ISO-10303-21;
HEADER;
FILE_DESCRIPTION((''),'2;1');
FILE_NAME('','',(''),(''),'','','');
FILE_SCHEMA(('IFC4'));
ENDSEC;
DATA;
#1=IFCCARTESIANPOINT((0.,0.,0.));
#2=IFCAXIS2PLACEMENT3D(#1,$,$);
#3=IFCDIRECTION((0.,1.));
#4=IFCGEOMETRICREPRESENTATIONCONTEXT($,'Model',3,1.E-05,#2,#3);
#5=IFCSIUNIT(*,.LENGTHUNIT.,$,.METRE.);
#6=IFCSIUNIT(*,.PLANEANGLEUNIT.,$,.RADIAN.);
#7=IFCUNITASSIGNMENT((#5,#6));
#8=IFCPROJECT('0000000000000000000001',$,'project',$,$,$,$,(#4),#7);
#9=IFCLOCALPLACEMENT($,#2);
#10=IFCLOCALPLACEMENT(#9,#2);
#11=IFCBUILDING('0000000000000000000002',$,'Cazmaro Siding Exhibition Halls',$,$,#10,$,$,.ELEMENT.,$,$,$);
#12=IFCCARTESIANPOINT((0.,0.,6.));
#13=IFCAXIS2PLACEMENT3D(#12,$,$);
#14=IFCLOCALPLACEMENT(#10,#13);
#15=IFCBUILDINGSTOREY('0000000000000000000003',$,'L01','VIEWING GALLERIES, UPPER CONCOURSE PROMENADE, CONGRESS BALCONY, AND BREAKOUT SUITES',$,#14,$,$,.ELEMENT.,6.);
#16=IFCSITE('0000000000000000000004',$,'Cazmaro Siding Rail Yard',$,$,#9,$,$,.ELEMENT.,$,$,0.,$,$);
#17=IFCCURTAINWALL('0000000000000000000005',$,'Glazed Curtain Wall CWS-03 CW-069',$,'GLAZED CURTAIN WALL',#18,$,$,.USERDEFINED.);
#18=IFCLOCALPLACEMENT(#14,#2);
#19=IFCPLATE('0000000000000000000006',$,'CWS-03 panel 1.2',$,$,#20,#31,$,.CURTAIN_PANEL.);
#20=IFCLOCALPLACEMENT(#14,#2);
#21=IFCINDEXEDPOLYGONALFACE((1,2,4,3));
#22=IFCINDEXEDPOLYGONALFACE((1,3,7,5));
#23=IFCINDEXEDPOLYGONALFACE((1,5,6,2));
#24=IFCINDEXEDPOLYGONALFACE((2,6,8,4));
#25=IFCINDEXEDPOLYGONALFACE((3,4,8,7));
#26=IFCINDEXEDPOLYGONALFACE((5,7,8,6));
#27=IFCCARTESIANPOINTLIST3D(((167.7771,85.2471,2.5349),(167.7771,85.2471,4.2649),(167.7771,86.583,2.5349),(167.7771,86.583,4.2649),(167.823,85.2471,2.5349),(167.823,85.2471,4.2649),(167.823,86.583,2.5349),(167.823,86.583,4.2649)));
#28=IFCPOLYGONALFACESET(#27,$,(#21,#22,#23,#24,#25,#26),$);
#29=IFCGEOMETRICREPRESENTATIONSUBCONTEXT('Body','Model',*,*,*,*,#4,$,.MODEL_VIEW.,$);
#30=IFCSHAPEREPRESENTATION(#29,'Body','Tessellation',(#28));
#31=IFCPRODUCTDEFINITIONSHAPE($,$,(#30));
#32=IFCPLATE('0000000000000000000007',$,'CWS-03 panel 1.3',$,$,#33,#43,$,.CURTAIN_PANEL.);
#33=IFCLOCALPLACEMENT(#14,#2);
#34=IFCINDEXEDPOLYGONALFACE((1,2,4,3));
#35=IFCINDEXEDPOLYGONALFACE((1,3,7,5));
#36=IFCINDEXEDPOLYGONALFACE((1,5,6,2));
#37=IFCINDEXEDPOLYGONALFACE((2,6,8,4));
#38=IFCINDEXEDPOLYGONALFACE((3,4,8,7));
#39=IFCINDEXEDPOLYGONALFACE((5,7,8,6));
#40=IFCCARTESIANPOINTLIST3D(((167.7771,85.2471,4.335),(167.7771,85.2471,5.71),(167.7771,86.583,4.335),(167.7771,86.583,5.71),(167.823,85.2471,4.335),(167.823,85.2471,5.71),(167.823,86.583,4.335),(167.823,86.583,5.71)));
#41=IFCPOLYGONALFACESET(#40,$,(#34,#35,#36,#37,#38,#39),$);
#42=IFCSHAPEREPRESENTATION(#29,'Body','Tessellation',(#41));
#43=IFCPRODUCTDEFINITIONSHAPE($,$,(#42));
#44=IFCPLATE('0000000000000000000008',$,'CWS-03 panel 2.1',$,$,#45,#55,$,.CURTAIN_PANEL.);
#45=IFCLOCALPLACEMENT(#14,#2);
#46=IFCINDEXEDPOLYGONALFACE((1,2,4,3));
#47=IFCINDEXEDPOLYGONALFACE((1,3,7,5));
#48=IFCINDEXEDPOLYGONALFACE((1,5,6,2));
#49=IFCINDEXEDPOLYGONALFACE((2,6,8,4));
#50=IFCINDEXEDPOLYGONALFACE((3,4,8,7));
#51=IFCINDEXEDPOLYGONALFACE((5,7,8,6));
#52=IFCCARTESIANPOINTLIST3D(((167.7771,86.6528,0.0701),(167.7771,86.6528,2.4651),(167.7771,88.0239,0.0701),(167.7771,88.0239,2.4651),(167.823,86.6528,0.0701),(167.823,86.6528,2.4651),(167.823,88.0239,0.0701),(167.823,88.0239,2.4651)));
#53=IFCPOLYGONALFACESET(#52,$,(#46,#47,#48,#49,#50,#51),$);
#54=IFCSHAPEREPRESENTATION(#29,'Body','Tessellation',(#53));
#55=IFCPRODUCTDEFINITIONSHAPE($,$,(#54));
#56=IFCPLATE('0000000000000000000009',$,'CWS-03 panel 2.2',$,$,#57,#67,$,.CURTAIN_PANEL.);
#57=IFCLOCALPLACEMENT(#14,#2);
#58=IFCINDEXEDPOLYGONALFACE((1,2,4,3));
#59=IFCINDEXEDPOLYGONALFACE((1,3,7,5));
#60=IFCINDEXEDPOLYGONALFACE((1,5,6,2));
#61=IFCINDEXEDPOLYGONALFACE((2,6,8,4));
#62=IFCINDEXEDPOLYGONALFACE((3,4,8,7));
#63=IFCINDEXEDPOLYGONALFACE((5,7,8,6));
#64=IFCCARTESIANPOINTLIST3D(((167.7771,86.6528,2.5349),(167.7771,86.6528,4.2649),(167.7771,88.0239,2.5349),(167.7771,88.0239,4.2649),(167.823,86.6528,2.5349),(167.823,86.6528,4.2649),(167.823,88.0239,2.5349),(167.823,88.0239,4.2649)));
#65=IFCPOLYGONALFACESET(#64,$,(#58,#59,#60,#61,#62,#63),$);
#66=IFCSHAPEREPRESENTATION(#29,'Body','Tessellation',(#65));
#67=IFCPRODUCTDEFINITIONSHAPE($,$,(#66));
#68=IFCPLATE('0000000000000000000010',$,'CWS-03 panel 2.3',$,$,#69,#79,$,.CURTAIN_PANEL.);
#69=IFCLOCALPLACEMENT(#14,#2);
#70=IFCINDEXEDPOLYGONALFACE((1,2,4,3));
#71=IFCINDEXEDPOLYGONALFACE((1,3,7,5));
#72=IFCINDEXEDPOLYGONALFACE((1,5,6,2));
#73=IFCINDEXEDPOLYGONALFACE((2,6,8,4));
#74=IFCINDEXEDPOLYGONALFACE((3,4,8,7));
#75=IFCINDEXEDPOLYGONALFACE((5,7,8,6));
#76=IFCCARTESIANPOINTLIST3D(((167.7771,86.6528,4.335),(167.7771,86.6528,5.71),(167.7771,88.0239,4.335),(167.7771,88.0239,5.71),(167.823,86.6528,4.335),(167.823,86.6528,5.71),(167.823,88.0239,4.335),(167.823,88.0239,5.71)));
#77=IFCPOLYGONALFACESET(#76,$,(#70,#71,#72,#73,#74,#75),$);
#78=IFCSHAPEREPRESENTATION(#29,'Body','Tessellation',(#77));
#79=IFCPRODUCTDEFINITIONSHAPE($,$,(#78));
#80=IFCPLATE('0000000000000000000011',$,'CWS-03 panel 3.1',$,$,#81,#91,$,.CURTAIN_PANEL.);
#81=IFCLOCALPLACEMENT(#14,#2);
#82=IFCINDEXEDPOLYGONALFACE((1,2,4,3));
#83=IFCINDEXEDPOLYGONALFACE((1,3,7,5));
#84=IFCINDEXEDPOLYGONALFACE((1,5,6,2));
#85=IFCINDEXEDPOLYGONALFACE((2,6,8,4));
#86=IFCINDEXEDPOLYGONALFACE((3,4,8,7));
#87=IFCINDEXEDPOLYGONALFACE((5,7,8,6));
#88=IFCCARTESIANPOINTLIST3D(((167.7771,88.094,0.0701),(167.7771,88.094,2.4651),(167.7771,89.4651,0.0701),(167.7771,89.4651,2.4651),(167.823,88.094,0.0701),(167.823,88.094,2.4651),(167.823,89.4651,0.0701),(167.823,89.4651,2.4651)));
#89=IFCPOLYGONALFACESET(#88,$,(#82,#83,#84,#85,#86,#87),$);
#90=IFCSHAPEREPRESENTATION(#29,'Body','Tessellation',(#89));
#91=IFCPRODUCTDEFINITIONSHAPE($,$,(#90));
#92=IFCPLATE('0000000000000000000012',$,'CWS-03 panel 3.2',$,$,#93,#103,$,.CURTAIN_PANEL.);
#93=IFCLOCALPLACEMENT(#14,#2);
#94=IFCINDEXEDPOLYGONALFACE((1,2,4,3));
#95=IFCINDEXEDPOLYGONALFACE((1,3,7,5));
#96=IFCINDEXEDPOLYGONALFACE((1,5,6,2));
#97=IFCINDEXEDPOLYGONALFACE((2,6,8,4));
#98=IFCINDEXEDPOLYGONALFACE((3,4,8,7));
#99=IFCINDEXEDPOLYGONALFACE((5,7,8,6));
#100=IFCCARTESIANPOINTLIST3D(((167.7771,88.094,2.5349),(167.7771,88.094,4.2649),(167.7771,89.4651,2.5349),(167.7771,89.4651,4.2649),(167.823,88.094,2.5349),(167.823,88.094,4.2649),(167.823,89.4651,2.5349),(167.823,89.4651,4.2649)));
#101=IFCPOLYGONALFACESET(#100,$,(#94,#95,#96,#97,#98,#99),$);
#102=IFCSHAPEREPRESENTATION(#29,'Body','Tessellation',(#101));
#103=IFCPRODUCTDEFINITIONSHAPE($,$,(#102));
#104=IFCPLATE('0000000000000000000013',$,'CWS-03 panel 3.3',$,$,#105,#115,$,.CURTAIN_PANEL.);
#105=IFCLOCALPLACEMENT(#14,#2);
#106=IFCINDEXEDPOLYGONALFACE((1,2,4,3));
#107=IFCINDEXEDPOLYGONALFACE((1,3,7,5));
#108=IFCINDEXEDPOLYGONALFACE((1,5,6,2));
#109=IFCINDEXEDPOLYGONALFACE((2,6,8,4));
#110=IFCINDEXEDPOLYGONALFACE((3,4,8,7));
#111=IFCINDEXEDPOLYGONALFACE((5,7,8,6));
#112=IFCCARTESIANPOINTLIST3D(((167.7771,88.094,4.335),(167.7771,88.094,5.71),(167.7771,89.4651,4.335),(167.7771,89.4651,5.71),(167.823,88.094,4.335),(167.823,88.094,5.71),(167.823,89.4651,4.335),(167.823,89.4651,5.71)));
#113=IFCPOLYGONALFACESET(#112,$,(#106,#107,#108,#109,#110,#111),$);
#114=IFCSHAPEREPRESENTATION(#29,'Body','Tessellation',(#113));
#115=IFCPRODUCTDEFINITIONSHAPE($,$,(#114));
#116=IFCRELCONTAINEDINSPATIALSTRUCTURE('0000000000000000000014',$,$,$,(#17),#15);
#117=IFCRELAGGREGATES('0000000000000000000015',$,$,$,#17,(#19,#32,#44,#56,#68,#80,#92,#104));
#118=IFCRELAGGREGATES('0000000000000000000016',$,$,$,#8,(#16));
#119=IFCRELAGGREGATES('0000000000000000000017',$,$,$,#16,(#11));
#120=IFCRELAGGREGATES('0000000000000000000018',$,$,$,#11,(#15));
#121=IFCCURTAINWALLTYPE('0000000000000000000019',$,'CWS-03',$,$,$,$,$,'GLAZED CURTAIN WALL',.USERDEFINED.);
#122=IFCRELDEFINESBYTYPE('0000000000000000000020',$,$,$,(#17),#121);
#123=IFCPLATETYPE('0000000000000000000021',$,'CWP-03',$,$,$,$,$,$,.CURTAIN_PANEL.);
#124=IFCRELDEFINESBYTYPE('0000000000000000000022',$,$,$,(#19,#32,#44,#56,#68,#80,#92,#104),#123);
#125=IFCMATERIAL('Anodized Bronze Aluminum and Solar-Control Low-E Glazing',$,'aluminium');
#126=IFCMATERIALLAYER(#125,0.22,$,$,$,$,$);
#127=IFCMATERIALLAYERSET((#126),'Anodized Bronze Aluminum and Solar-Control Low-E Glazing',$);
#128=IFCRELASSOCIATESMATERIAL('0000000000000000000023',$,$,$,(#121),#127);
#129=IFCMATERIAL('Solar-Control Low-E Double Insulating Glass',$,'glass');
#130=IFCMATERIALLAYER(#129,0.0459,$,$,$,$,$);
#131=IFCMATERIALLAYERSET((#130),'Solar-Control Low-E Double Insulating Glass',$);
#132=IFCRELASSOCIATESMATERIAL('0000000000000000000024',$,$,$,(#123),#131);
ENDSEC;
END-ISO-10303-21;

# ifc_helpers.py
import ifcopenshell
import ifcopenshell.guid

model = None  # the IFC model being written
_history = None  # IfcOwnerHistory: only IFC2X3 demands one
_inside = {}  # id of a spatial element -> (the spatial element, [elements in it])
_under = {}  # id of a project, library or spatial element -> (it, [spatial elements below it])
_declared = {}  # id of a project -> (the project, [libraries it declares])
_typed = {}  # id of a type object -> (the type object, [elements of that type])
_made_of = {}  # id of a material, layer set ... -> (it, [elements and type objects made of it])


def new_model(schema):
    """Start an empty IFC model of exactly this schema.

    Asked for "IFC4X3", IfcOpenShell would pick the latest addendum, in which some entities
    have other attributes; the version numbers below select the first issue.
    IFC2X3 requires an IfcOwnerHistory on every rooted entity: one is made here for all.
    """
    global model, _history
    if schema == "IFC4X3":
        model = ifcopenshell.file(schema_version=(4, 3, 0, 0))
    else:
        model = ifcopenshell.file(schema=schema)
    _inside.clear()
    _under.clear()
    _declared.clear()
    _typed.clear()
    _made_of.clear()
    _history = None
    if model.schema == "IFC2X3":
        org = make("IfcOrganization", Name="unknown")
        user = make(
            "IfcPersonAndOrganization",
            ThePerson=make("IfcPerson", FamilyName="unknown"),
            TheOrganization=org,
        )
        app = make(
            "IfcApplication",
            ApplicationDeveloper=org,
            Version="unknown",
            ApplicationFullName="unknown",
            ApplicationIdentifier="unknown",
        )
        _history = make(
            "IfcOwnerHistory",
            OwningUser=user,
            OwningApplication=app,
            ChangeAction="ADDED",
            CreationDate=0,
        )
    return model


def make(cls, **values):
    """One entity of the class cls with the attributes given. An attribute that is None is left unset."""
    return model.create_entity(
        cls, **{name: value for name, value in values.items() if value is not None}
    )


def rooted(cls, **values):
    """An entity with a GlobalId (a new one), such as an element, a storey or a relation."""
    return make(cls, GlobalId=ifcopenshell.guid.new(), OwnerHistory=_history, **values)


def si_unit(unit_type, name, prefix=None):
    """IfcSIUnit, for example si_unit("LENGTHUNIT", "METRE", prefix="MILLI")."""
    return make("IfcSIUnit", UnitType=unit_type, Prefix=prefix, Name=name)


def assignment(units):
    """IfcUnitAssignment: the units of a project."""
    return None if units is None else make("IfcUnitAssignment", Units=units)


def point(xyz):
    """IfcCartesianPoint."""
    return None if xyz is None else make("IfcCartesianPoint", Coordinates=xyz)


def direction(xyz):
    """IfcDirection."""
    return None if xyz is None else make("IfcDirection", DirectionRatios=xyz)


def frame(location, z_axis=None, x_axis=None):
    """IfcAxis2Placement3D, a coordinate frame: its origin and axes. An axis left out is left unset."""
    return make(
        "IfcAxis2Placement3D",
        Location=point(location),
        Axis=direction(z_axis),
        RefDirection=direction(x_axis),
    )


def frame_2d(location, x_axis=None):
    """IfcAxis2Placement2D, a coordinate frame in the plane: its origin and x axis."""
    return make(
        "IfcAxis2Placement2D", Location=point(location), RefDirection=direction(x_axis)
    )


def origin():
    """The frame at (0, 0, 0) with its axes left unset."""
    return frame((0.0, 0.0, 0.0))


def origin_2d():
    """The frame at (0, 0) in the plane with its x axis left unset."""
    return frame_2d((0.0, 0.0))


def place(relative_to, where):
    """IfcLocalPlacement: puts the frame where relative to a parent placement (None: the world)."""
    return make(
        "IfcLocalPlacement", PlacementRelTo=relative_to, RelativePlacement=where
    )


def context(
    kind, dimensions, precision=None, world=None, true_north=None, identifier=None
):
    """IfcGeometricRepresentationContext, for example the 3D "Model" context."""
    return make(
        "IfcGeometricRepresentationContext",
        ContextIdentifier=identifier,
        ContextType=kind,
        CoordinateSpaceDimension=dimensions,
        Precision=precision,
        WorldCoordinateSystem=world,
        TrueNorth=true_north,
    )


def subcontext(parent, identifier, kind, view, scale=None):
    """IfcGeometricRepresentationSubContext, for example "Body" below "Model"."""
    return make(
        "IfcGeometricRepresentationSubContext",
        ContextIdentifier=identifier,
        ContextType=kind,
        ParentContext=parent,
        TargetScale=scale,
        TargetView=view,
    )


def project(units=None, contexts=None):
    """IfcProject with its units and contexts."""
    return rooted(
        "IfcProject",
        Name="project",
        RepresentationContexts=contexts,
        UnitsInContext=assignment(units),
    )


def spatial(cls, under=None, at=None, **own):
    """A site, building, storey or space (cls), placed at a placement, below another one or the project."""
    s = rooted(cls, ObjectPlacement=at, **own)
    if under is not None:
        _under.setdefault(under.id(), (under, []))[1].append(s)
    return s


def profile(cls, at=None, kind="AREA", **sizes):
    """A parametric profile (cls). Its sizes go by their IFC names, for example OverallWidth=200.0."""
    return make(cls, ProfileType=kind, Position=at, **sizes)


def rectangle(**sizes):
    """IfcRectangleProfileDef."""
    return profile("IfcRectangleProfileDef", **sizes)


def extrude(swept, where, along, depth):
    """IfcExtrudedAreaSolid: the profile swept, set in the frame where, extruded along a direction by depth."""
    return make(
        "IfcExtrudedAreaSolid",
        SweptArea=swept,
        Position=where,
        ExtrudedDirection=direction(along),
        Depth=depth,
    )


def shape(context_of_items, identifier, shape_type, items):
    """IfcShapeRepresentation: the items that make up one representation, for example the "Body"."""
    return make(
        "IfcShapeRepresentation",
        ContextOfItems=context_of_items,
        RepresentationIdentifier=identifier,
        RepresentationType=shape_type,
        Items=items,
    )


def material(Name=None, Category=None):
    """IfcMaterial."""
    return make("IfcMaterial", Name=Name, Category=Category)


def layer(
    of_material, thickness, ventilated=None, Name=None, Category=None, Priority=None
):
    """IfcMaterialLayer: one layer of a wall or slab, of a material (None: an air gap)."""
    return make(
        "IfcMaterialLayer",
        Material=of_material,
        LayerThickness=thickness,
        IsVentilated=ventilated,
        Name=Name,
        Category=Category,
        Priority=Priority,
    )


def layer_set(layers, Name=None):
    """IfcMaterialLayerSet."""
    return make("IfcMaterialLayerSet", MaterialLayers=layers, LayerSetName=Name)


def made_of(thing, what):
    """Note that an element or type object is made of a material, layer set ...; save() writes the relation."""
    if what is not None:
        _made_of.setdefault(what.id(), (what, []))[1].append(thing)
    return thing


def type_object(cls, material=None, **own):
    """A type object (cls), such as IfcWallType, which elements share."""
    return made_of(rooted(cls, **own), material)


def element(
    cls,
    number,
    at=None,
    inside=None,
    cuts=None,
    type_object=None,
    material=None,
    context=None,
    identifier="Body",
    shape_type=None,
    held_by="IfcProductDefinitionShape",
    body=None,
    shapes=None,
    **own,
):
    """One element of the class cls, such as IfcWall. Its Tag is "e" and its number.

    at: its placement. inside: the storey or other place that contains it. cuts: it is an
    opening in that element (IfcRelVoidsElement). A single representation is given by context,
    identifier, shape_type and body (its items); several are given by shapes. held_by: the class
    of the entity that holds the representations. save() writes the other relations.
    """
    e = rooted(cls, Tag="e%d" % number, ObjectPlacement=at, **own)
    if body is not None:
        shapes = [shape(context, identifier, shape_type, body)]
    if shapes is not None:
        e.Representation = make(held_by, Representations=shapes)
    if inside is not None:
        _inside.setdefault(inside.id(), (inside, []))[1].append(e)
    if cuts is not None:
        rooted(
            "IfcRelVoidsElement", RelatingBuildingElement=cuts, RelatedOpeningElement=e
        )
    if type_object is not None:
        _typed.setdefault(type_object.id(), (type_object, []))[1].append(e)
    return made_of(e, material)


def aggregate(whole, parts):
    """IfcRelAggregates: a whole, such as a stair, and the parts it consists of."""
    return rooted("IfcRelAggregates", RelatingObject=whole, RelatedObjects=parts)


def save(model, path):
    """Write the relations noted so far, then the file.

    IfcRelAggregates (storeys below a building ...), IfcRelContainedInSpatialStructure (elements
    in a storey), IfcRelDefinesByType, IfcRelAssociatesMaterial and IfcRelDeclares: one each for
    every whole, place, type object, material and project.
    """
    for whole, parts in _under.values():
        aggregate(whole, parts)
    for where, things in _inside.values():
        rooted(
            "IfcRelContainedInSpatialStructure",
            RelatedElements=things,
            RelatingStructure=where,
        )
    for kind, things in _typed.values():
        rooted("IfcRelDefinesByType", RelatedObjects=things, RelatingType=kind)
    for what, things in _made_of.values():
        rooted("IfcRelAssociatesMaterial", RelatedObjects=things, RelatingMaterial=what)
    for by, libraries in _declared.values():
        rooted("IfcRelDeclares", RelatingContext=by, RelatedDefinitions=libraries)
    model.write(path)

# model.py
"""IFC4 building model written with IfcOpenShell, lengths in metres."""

from ifc_helpers import new_model, si_unit, direction, frame, origin, origin_2d, place, context, subcontext, project, spatial, rectangle, extrude, material, layer, layer_set, type_object, element, aggregate, save


model = new_model("IFC4")

# Units and contexts
model_context = context("Model", 3, precision=1e-05, world=origin(), true_north=direction((0.0, 1.0)))
body_context = subcontext(model_context, "Body", "Model", "MODEL_VIEW")
ifc_project = project(units=[si_unit("LENGTHUNIT", "METRE"), si_unit("PLANEANGLEUNIT", "RADIAN")], contexts=[model_context])

# Site, building, storey
site_placement = place(None, origin())
site = spatial("IfcSite", under=ifc_project, at=site_placement, Name="Cazmaro Siding Rail Yard", CompositionType="ELEMENT", RefElevation=0.0)
building_placement = place(site_placement, origin())
building = spatial("IfcBuilding", under=site, at=building_placement, Name="Cazmaro Siding Exhibition Halls", CompositionType="ELEMENT")
storey_placement = place(building_placement, frame((0.0, 0.0, 6.0)))
storey = spatial("IfcBuildingStorey", under=building, at=storey_placement, Name="L01", Description="VIEWING GALLERIES, UPPER CONCOURSE PROMENADE, CONGRESS BALCONY, AND BREAKOUT SUITES", CompositionType="ELEMENT", Elevation=6.0)

# Curtain wall, plates
ifc_material_1 = material(Name="Anodized Bronze Aluminum and Solar-Control Low-E Glazing", Category="aluminium")
ifc_layer_1 = layer(ifc_material_1, 0.22)
ifc_layer_set_1 = layer_set([ifc_layer_1], Name="Anodized Bronze Aluminum and Solar-Control Low-E Glazing")
curtain_wall_type = type_object("IfcCurtainWallType", Name="CWS-03", ElementType="GLAZED CURTAIN WALL", PredefinedType="USERDEFINED", material=ifc_layer_set_1)
curtain_wall_placement = place(storey_placement, origin())
curtain_wall = element("IfcCurtainWall", 1, at=curtain_wall_placement, inside=storey, type_object=curtain_wall_type, Name="Glazed Curtain Wall CWS-03 CW-069", ObjectType="GLAZED CURTAIN WALL", PredefinedType="USERDEFINED")
ifc_material_2 = material(Name="Solar-Control Low-E Double Insulating Glass", Category="glass")
ifc_layer_2 = layer(ifc_material_2, 0.0459)
ifc_layer_set_2 = layer_set([ifc_layer_2], Name="Solar-Control Low-E Double Insulating Glass")
plate_type = type_object("IfcPlateType", Name="CWP-03", PredefinedType="CURTAIN_PANEL", material=ifc_layer_set_2)
plate_1_placement = place(storey_placement, frame((167.8, 85.915, 2.5349), z_axis=(0.0, 0.0, 1.0), x_axis=(0.0, 1.0, 0.0)))
plate_1 = element("IfcPlate", 2, at=plate_1_placement, type_object=plate_type, Name="CWS-03 panel 1.2", PredefinedType="CURTAIN_PANEL", context=body_context, shape_type="SweptSolid", body=[
    extrude(rectangle(XDim=1.3359, YDim=0.0459, at=origin_2d()), origin(), (0.0, 0.0, 1.0), 1.73),
])
plate_2_placement = place(storey_placement, frame((167.8, 85.915, 4.335), z_axis=(0.0, 0.0, 1.0), x_axis=(0.0, 1.0, 0.0)))
plate_2 = element("IfcPlate", 3, at=plate_2_placement, type_object=plate_type, Name="CWS-03 panel 1.3", PredefinedType="CURTAIN_PANEL", context=body_context, shape_type="SweptSolid", body=[
    extrude(rectangle(XDim=1.3359, YDim=0.0459, at=origin_2d()), origin(), (0.0, 0.0, 1.0), 1.375),
])
plate_3_placement = place(storey_placement, frame((167.8, 87.3384, 0.0701), z_axis=(0.0, 0.0, 1.0), x_axis=(0.0, 1.0, 0.0)))
plate_3 = element("IfcPlate", 4, at=plate_3_placement, type_object=plate_type, Name="CWS-03 panel 2.1", PredefinedType="CURTAIN_PANEL", context=body_context, shape_type="SweptSolid", body=[
    extrude(rectangle(XDim=1.3711, YDim=0.0459, at=origin_2d()), origin(), (0.0, 0.0, 1.0), 2.395),
])
plate_4_placement = place(storey_placement, frame((167.8, 87.3384, 2.5349), z_axis=(0.0, 0.0, 1.0), x_axis=(0.0, 1.0, 0.0)))
plate_4 = element("IfcPlate", 5, at=plate_4_placement, type_object=plate_type, Name="CWS-03 panel 2.2", PredefinedType="CURTAIN_PANEL", context=body_context, shape_type="SweptSolid", body=[
    extrude(rectangle(XDim=1.3711, YDim=0.0459, at=origin_2d()), origin(), (0.0, 0.0, 1.0), 1.73),
])
plate_5_placement = place(storey_placement, frame((167.8, 87.3384, 4.335), z_axis=(0.0, 0.0, 1.0), x_axis=(0.0, 1.0, 0.0)))
plate_5 = element("IfcPlate", 6, at=plate_5_placement, type_object=plate_type, Name="CWS-03 panel 2.3", PredefinedType="CURTAIN_PANEL", context=body_context, shape_type="SweptSolid", body=[
    extrude(rectangle(XDim=1.3711, YDim=0.0459, at=origin_2d()), origin(), (0.0, 0.0, 1.0), 1.375),
])
plate_6_placement = place(storey_placement, frame((167.8, 88.7795, 0.0701), z_axis=(0.0, 0.0, 1.0), x_axis=(0.0, 1.0, 0.0)))
plate_6 = element("IfcPlate", 7, at=plate_6_placement, type_object=plate_type, Name="CWS-03 panel 3.1", PredefinedType="CURTAIN_PANEL", context=body_context, shape_type="SweptSolid", body=[
    extrude(rectangle(XDim=1.3711, YDim=0.0459, at=origin_2d()), origin(), (0.0, 0.0, 1.0), 2.395),
])
plate_7_placement = place(storey_placement, frame((167.8, 88.7795, 2.5349), z_axis=(0.0, 0.0, 1.0), x_axis=(0.0, 1.0, 0.0)))
plate_7 = element("IfcPlate", 8, at=plate_7_placement, type_object=plate_type, Name="CWS-03 panel 3.2", PredefinedType="CURTAIN_PANEL", context=body_context, shape_type="SweptSolid", body=[
    extrude(rectangle(XDim=1.3711, YDim=0.0459, at=origin_2d()), origin(), (0.0, 0.0, 1.0), 1.73),
])
plate_8_placement = place(storey_placement, frame((167.8, 88.7795, 4.335), z_axis=(0.0, 0.0, 1.0), x_axis=(0.0, 1.0, 0.0)))
plate_8 = element("IfcPlate", 9, at=plate_8_placement, type_object=plate_type, Name="CWS-03 panel 3.3", PredefinedType="CURTAIN_PANEL", context=body_context, shape_type="SweptSolid", body=[
    extrude(rectangle(XDim=1.3711, YDim=0.0459, at=origin_2d()), origin(), (0.0, 0.0, 1.0), 1.375),
])
aggregate(curtain_wall, [plate_1, plate_2, plate_3, plate_4, plate_5, plate_6, plate_7, plate_8])

save(model, "model.ifc")
